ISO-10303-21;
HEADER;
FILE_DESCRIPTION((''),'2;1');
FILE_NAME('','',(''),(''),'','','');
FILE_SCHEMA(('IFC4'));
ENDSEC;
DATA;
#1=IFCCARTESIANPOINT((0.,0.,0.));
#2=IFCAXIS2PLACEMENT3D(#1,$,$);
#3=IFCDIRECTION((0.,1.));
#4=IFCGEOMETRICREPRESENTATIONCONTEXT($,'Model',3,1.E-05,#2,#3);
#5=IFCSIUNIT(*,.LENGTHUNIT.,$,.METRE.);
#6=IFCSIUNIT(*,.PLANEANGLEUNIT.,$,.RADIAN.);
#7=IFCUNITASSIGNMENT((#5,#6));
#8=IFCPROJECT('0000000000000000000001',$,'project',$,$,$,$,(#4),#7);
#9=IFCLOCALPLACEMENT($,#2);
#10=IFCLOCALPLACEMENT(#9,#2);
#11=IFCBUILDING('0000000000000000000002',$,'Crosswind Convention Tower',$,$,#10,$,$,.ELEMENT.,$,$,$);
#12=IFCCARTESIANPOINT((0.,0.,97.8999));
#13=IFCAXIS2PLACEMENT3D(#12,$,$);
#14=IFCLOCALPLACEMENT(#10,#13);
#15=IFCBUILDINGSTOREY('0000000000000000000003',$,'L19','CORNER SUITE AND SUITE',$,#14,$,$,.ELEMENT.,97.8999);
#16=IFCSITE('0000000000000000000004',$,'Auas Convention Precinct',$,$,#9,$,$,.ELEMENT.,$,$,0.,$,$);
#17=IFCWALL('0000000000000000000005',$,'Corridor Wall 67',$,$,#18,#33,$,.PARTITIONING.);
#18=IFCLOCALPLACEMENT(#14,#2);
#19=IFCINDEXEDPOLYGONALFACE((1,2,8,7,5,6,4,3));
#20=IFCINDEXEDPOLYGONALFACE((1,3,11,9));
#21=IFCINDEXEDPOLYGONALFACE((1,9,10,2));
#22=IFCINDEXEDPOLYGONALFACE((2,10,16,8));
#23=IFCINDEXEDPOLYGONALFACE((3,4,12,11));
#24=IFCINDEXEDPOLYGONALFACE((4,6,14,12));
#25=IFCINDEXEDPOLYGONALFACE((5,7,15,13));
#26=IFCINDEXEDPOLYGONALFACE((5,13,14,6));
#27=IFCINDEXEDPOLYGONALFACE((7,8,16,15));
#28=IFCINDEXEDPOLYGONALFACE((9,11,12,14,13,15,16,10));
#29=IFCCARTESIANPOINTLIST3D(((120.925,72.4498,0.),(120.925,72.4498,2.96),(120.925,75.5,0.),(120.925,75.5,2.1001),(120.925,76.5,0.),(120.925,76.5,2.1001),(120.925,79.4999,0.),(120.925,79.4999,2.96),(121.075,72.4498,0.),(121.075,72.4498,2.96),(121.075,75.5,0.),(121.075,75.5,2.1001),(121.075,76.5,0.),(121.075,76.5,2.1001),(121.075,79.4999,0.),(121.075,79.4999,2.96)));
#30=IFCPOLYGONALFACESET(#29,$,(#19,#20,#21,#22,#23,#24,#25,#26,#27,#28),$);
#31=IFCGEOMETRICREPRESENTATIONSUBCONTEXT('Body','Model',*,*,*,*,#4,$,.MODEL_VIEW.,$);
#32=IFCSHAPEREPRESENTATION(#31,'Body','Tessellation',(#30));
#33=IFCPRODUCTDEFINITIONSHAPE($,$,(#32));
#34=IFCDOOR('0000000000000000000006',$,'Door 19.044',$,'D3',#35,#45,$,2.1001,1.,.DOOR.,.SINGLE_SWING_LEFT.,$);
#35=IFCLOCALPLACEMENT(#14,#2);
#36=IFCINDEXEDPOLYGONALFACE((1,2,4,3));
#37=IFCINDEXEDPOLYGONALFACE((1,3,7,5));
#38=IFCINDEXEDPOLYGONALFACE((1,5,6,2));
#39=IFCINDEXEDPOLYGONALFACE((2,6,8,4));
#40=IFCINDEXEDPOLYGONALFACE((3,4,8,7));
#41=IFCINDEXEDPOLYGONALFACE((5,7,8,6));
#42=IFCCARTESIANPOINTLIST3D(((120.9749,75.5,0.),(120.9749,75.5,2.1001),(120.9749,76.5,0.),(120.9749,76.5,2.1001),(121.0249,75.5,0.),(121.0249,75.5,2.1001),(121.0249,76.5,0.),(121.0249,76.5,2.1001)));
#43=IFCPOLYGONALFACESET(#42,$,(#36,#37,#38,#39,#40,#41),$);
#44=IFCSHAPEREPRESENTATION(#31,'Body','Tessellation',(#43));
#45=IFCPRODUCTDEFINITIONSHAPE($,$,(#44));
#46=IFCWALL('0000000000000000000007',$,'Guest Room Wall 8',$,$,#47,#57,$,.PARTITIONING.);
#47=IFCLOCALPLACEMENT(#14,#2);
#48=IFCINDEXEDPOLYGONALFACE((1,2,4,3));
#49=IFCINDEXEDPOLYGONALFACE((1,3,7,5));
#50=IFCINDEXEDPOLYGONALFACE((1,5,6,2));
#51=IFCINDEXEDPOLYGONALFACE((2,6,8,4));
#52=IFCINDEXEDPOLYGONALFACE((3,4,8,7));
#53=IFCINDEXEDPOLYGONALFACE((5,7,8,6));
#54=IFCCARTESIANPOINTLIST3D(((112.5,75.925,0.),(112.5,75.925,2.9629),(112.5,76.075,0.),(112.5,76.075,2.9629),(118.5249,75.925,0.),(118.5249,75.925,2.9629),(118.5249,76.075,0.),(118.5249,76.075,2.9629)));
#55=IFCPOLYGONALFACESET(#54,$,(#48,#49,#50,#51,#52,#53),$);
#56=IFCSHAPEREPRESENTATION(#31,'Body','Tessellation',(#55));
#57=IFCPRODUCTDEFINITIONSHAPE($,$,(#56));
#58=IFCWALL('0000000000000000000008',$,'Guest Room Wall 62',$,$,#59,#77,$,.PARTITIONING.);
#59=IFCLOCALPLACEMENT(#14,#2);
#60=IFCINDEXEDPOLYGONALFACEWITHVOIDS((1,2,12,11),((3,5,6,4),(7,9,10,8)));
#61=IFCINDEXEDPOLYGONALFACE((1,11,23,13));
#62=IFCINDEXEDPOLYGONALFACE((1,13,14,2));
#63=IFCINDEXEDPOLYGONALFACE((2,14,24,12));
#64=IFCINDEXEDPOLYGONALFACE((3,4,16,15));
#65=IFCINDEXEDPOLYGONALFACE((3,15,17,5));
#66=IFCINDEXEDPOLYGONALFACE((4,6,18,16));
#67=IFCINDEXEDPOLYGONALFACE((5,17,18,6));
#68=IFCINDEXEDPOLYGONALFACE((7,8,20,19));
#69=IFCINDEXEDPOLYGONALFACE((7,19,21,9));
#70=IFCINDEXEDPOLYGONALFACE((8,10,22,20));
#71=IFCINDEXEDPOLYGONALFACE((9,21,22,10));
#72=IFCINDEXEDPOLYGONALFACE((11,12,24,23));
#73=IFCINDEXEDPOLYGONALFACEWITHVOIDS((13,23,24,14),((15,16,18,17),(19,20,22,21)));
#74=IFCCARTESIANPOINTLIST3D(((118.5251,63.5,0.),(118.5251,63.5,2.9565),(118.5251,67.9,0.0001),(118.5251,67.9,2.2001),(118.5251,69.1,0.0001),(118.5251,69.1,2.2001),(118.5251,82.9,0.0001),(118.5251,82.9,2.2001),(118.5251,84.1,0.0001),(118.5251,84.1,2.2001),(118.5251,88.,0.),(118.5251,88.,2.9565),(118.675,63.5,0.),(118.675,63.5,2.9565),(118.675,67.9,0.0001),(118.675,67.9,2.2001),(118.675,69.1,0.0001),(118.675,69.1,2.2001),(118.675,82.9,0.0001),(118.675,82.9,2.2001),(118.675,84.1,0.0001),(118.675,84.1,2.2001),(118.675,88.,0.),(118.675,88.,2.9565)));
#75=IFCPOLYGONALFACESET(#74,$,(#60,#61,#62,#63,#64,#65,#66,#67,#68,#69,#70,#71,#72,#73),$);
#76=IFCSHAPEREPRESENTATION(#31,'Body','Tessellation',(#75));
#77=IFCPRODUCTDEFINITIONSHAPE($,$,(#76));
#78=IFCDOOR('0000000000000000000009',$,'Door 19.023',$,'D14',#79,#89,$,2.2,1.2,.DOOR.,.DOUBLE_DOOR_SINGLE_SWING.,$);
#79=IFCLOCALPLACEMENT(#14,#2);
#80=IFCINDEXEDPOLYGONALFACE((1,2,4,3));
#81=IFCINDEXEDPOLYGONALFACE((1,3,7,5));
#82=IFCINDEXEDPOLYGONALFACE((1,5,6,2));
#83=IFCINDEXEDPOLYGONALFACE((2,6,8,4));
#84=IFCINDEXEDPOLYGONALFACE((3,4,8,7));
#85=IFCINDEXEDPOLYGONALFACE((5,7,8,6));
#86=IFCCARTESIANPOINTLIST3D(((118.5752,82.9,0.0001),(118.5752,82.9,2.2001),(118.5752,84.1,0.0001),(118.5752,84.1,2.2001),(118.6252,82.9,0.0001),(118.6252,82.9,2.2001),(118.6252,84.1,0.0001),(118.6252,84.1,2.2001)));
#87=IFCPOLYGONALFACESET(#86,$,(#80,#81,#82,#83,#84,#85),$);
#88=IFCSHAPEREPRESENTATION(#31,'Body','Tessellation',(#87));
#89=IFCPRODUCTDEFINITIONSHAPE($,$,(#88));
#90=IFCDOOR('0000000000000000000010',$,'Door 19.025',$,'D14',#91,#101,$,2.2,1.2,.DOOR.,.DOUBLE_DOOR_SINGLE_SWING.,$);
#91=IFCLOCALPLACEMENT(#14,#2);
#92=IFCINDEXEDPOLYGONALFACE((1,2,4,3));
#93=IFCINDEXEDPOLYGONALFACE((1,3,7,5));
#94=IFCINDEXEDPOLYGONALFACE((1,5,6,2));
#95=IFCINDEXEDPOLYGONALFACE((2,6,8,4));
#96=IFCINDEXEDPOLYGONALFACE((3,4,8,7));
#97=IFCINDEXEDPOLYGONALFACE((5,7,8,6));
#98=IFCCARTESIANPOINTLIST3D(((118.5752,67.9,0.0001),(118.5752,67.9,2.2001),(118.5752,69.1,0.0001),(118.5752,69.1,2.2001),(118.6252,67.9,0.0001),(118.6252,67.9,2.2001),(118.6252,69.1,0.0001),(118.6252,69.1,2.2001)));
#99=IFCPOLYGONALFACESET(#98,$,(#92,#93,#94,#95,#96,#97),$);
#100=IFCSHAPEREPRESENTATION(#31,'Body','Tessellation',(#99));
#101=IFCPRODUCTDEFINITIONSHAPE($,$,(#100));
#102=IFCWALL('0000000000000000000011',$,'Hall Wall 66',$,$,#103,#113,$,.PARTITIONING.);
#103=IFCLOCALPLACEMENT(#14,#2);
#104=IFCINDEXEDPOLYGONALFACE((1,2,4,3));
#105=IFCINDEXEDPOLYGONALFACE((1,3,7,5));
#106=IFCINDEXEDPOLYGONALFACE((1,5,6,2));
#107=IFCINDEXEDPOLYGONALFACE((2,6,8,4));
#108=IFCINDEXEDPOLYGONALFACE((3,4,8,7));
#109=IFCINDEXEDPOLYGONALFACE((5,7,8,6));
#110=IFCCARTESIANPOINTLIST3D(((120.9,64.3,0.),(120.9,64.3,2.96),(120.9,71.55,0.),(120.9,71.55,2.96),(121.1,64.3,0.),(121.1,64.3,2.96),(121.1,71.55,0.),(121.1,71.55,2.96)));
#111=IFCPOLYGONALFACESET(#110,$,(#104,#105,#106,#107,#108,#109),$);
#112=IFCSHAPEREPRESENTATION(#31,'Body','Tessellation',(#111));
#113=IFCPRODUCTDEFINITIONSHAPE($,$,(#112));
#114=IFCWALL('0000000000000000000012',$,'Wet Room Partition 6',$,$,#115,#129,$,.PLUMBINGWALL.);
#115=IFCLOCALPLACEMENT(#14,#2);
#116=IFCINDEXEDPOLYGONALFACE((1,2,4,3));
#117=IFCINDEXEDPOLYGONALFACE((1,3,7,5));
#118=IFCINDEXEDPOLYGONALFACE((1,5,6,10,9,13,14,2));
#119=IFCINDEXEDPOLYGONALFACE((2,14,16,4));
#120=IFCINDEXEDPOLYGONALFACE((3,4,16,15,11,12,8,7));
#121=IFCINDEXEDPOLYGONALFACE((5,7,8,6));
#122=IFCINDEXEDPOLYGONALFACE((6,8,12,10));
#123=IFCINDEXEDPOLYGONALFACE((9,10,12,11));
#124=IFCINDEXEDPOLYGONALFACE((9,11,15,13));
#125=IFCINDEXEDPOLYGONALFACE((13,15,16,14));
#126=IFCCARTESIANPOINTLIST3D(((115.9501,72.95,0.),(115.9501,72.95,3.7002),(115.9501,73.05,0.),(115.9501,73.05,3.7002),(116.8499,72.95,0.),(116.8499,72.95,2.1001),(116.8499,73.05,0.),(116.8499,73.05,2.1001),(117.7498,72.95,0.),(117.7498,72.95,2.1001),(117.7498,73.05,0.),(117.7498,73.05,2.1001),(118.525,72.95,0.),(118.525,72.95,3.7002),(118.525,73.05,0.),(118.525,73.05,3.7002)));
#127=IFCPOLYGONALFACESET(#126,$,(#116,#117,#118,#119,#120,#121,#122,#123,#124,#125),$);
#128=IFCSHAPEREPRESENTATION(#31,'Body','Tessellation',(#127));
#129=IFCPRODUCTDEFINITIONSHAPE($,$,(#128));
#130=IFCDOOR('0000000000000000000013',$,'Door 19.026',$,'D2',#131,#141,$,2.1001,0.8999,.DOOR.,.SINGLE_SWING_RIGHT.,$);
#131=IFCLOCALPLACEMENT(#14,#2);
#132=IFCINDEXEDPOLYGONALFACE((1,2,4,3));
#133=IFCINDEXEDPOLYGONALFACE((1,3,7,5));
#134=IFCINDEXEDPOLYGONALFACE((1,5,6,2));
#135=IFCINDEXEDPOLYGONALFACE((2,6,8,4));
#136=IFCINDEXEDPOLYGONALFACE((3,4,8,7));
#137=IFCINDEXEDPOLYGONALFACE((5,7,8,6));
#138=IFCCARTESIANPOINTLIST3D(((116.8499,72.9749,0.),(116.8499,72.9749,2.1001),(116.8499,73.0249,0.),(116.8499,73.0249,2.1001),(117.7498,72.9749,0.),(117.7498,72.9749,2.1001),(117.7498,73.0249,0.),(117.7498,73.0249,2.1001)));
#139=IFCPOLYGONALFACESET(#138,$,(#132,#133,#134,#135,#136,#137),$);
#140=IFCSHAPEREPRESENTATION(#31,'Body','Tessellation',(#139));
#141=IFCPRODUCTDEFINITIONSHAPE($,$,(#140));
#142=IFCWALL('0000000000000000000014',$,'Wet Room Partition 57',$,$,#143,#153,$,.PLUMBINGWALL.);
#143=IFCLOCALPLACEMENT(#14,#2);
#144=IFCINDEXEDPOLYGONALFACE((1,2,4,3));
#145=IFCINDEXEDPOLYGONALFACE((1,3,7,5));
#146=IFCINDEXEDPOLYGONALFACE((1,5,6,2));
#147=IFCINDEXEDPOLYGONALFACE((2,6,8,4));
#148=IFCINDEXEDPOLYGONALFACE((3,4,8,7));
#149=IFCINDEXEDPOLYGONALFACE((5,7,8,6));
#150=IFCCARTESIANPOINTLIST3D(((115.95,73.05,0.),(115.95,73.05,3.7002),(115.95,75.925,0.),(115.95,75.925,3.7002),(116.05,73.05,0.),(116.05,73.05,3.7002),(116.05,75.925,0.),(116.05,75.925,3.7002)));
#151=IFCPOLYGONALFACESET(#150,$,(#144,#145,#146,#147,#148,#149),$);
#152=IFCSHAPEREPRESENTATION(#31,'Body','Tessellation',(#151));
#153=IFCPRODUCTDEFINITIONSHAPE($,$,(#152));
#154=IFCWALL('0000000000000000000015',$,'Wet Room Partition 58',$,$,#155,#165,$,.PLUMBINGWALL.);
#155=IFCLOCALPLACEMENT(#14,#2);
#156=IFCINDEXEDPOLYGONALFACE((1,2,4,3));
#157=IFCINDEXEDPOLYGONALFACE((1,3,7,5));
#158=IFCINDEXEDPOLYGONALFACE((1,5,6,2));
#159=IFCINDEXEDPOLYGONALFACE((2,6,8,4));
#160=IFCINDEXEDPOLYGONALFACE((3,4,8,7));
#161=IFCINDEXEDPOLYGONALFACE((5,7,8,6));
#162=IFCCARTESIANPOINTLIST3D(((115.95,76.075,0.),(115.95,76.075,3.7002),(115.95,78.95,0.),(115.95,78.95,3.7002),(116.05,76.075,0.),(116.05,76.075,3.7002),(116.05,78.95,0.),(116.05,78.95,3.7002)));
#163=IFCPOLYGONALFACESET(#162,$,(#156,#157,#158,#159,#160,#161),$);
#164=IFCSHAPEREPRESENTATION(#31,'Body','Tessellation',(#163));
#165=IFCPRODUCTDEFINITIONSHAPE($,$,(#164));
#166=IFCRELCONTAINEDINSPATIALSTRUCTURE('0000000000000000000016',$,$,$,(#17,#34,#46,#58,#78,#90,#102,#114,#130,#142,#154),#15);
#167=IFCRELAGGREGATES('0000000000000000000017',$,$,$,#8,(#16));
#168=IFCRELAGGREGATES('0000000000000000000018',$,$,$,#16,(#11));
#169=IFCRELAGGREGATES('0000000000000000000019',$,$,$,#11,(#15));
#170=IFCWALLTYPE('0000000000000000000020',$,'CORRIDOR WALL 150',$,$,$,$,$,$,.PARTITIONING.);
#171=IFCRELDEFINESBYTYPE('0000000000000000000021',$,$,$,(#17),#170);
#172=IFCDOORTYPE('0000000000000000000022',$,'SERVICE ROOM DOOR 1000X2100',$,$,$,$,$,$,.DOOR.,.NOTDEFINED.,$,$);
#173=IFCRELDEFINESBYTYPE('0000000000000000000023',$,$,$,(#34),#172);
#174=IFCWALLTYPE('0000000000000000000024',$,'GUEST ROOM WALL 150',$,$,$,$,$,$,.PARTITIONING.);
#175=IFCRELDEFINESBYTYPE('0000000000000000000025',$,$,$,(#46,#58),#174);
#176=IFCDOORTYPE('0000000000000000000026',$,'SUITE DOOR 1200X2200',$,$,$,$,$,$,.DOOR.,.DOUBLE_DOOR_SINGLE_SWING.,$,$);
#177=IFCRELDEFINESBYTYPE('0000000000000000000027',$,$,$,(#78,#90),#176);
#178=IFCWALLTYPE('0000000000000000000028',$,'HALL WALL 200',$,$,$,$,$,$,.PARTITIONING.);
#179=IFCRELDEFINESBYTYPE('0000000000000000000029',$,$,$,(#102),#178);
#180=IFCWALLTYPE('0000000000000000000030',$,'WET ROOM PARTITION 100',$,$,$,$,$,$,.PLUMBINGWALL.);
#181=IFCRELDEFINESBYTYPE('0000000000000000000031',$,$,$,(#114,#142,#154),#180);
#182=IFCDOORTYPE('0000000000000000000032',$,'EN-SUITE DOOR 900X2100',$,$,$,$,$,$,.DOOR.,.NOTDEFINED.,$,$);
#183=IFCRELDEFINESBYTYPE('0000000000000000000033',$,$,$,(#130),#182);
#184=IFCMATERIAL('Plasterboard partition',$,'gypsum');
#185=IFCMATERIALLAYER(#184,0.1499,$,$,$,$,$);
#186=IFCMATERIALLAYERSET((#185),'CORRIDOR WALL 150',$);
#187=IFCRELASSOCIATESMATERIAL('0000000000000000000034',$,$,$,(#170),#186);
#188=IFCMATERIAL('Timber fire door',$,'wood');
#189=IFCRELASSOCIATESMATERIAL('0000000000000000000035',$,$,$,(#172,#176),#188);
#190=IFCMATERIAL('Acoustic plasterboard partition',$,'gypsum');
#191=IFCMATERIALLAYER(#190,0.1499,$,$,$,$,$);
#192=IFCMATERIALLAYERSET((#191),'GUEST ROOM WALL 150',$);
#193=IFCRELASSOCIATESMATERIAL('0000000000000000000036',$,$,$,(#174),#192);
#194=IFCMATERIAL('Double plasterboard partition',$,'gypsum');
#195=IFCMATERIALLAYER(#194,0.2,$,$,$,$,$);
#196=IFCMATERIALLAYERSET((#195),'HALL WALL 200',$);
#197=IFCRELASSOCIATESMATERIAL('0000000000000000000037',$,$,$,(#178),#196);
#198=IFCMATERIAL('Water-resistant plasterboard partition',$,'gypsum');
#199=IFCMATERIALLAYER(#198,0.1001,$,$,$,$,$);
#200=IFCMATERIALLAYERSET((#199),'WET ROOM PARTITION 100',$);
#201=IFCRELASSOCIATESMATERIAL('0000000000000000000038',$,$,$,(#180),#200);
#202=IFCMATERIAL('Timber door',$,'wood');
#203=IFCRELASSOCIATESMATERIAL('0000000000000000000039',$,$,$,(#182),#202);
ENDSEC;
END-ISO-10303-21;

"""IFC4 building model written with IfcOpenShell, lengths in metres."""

from ifc_helpers import new_model, si_unit, direction, frame, frame_2d, origin, place, context, subcontext, project, spatial, rectangle, extrude, material, layer, layer_set, type_object, element, fill, save


model = new_model("IFC4")

# Units and contexts
model_context = context("Model", 3, precision=1e-05, world=origin(), true_north=direction((0.0, 1.0)))
body_context = subcontext(model_context, "Body", "Model", "MODEL_VIEW")
ifc_project = project(units=[si_unit("LENGTHUNIT", "METRE"), si_unit("PLANEANGLEUNIT", "RADIAN")], contexts=[model_context])

# Site, building, storey
site_placement = place(None, origin())
site = spatial("IfcSite", under=ifc_project, at=site_placement, Name="Auas Convention Precinct", CompositionType="ELEMENT", RefElevation=0.0)
building_placement = place(site_placement, origin())
building = spatial("IfcBuilding", under=site, at=building_placement, Name="Crosswind Convention Tower", CompositionType="ELEMENT")
storey_placement = place(building_placement, frame((0.0, 0.0, 97.8999)))
storey = spatial("IfcBuildingStorey", under=building, at=storey_placement, Name="L19", Description="CORNER SUITE AND SUITE", CompositionType="ELEMENT", Elevation=97.8999)

# Wall, opening, door
ifc_material_1 = material(Name="Plasterboard partition", Category="gypsum")
ifc_layer_1 = layer(ifc_material_1, 0.1499)
ifc_layer_set_1 = layer_set([ifc_layer_1], Name="CORRIDOR WALL 150")
wall_type_1 = type_object("IfcWallType", Name="CORRIDOR WALL 150", PredefinedType="PARTITIONING", material=ifc_layer_set_1)
wall_1_placement = place(storey_placement, frame((121.0, 72.45, 0.0), z_axis=(0.0, 0.0, 1.0), x_axis=(0.0, 1.0, 0.0)))
wall_1 = element("IfcWall", 1, at=wall_1_placement, inside=storey, type_object=wall_type_1, Name="Corridor Wall 67", PredefinedType="PARTITIONING", context=body_context, shape_type="SweptSolid", body=[
    extrude(rectangle(XDim=7.05, YDim=0.1499, at=frame_2d((3.5249, 0.0))), origin(), (0.0, 0.0, 1.0), 2.96),
])
opening_1_placement = place(wall_1_placement, frame((3.05, 0.0, 0.0)))
opening_1 = element("IfcOpeningElement", 2, at=opening_1_placement, cuts=wall_1, PredefinedType="OPENING", context=body_context, shape_type="SweptSolid", body=[
    extrude(rectangle(XDim=1.0, YDim=2.1001, at=frame_2d((0.5, 1.05))), frame((0.0, 0.085, 0.0), z_axis=(0.0, -1.0, 0.0), x_axis=(1.0, 0.0, 0.0)), (0.0, 0.0, 1.0), 0.1699),
])
ifc_material_2 = material(Name="Timber fire door", Category="wood")
door_type_1 = type_object("IfcDoorType", Name="SERVICE ROOM DOOR 1000X2100", OperationType="NOTDEFINED", PredefinedType="DOOR", material=ifc_material_2)
door_1_placement = place(opening_1_placement, frame((1.0, 0.0, 0.0), z_axis=(0.0, 0.0, 1.0), x_axis=(-1.0, 0.0, 0.0)))
door_1 = element("IfcDoor", 3, at=door_1_placement, inside=storey, type_object=door_type_1, Name="Door 19.044", ObjectType="D3", OperationType="SINGLE_SWING_LEFT", OverallHeight=2.1001, OverallWidth=1.0, PredefinedType="DOOR", context=body_context, shape_type="SweptSolid", body=[
    extrude(rectangle(XDim=1.0, YDim=2.1001, at=frame_2d((0.5, 1.05))), frame((0.0, 0.0249, 0.0), z_axis=(0.0, -1.0, 0.0), x_axis=(1.0, 0.0, 0.0)), (0.0, 0.0, 1.0), 0.05),
])
fill(opening_1, door_1)

# Wall
ifc_material_3 = material(Name="Acoustic plasterboard partition", Category="gypsum")
ifc_layer_2 = layer(ifc_material_3, 0.1499)
ifc_layer_set_2 = layer_set([ifc_layer_2], Name="GUEST ROOM WALL 150")
wall_type_2 = type_object("IfcWallType", Name="GUEST ROOM WALL 150", PredefinedType="PARTITIONING", material=ifc_layer_set_2)
wall_2_placement = place(storey_placement, frame((112.5, 76.0, 0.0), z_axis=(0.0, 0.0, 1.0), x_axis=(1.0, 0.0, 0.0)))
element("IfcWall", 4, at=wall_2_placement, inside=storey, type_object=wall_type_2, Name="Guest Room Wall 8", PredefinedType="PARTITIONING", context=body_context, shape_type="SweptSolid", body=[
    extrude(rectangle(XDim=6.0249, YDim=0.1499, at=frame_2d((3.0125, 0.0))), origin(), (0.0, 0.0, 1.0), 2.9629),
])

# Wall, openings, doors
wall_3_placement = place(storey_placement, frame((118.6001, 63.5, 0.0), z_axis=(0.0, 0.0, 1.0), x_axis=(0.0, 1.0, 0.0)))
wall_3 = element("IfcWall", 5, at=wall_3_placement, inside=storey, type_object=wall_type_2, Name="Guest Room Wall 62", PredefinedType="PARTITIONING", context=body_context, shape_type="SweptSolid", body=[
    extrude(rectangle(XDim=24.5, YDim=0.1499, at=frame_2d((12.25, 0.0))), origin(), (0.0, 0.0, 1.0), 2.9565),
])
opening_2_placement = place(wall_3_placement, frame((19.3999, 0.0, 0.0)))
opening_2 = element("IfcOpeningElement", 6, at=opening_2_placement, cuts=wall_3, PredefinedType="OPENING", context=body_context, shape_type="SweptSolid", body=[
    extrude(rectangle(XDim=1.2, YDim=2.2, at=frame_2d((0.6001, 1.1001))), frame((0.0, 0.085, 0.0), z_axis=(0.0, -1.0, 0.0), x_axis=(1.0, 0.0, 0.0)), (0.0, 0.0, 1.0), 0.1699),
])
opening_3_placement = place(wall_3_placement, frame((4.3999, 0.0, 0.0)))
opening_3 = element("IfcOpeningElement", 7, at=opening_3_placement, cuts=wall_3, PredefinedType="OPENING", context=body_context, shape_type="SweptSolid", body=[
    extrude(rectangle(XDim=1.2, YDim=2.2, at=frame_2d((0.6001, 1.1001))), frame((0.0, 0.085, 0.0), z_axis=(0.0, -1.0, 0.0), x_axis=(1.0, 0.0, 0.0)), (0.0, 0.0, 1.0), 0.1699),
])
door_type_2 = type_object("IfcDoorType", Name="SUITE DOOR 1200X2200", OperationType="DOUBLE_DOOR_SINGLE_SWING", PredefinedType="DOOR", material=ifc_material_2)
door_2_placement = place(opening_2_placement, origin())
door_2 = element("IfcDoor", 8, at=door_2_placement, inside=storey, type_object=door_type_2, Name="Door 19.023", ObjectType="D14", OperationType="DOUBLE_DOOR_SINGLE_SWING", OverallHeight=2.2, OverallWidth=1.2, PredefinedType="DOOR", context=body_context, shape_type="SweptSolid", body=[
    extrude(rectangle(XDim=1.2, YDim=2.2, at=frame_2d((0.6001, 1.1001))), frame((0.0, 0.0249, 0.0), z_axis=(0.0, -1.0, 0.0), x_axis=(1.0, 0.0, 0.0)), (0.0, 0.0, 1.0), 0.05),
])
fill(opening_2, door_2)
door_3_placement = place(opening_3_placement, origin())
door_3 = element("IfcDoor", 9, at=door_3_placement, inside=storey, type_object=door_type_2, Name="Door 19.025", ObjectType="D14", OperationType="DOUBLE_DOOR_SINGLE_SWING", OverallHeight=2.2, OverallWidth=1.2, PredefinedType="DOOR", context=body_context, shape_type="SweptSolid", body=[
    extrude(rectangle(XDim=1.2, YDim=2.2, at=frame_2d((0.6001, 1.1001))), frame((0.0, 0.0249, 0.0), z_axis=(0.0, -1.0, 0.0), x_axis=(1.0, 0.0, 0.0)), (0.0, 0.0, 1.0), 0.05),
])
fill(opening_3, door_3)

# Wall
ifc_material_4 = material(Name="Double plasterboard partition", Category="gypsum")
ifc_layer_3 = layer(ifc_material_4, 0.2)
ifc_layer_set_3 = layer_set([ifc_layer_3], Name="HALL WALL 200")
wall_type_3 = type_object("IfcWallType", Name="HALL WALL 200", PredefinedType="PARTITIONING", material=ifc_layer_set_3)
wall_4_placement = place(storey_placement, frame((121.0, 64.3, 0.0), z_axis=(0.0, 0.0, 1.0), x_axis=(0.0, 1.0, 0.0)))
element("IfcWall", 10, at=wall_4_placement, inside=storey, type_object=wall_type_3, Name="Hall Wall 66", PredefinedType="PARTITIONING", context=body_context, shape_type="SweptSolid", body=[
    extrude(rectangle(XDim=7.25, YDim=0.2, at=frame_2d((3.625, 0.0))), origin(), (0.0, 0.0, 1.0), 2.96),
])

# Wall, opening, door
ifc_material_5 = material(Name="Water-resistant plasterboard partition", Category="gypsum")
ifc_layer_4 = layer(ifc_material_5, 0.1001)
ifc_layer_set_4 = layer_set([ifc_layer_4], Name="WET ROOM PARTITION 100")
wall_type_4 = type_object("IfcWallType", Name="WET ROOM PARTITION 100", PredefinedType="PLUMBINGWALL", material=ifc_layer_set_4)
wall_5_placement = place(storey_placement, frame((115.95, 73.0, 0.0), z_axis=(0.0, 0.0, 1.0), x_axis=(1.0, 0.0, 0.0)))
wall_5 = element("IfcWall", 11, at=wall_5_placement, inside=storey, type_object=wall_type_4, Name="Wet Room Partition 6", PredefinedType="PLUMBINGWALL", context=body_context, shape_type="SweptSolid", body=[
    extrude(rectangle(XDim=2.575, YDim=0.1001, at=frame_2d((1.2876, 0.0))), origin(), (0.0, 0.0, 1.0), 3.7002),
])
opening_4_placement = place(wall_5_placement, frame((0.8999, 0.0, 0.0)))
opening_4 = element("IfcOpeningElement", 12, at=opening_4_placement, cuts=wall_5, PredefinedType="OPENING", context=body_context, shape_type="SweptSolid", body=[
    extrude(rectangle(XDim=0.8999, YDim=2.1001, at=frame_2d((0.45, 1.05))), frame((0.0, 0.0601, 0.0), z_axis=(0.0, -1.0, 0.0), x_axis=(1.0, 0.0, 0.0)), (0.0, 0.0, 1.0), 0.1201),
])
ifc_material_6 = material(Name="Timber door", Category="wood")
door_type_3 = type_object("IfcDoorType", Name="EN-SUITE DOOR 900X2100", OperationType="NOTDEFINED", PredefinedType="DOOR", material=ifc_material_6)
door_4_placement = place(opening_4_placement, origin())
door_4 = element("IfcDoor", 13, at=door_4_placement, inside=storey, type_object=door_type_3, Name="Door 19.026", ObjectType="D2", OperationType="SINGLE_SWING_RIGHT", OverallHeight=2.1001, OverallWidth=0.8999, PredefinedType="DOOR", context=body_context, shape_type="SweptSolid", body=[
    extrude(rectangle(XDim=0.8999, YDim=2.1001, at=frame_2d((0.45, 1.05))), frame((0.0, 0.0249, 0.0), z_axis=(0.0, -1.0, 0.0), x_axis=(1.0, 0.0, 0.0)), (0.0, 0.0, 1.0), 0.05),
])
fill(opening_4, door_4)

# Walls
for number, where, z_axis, x_axis, name in (
    (14, (116.0, 73.05, 0.0), (0.0, 0.0, 1.0), (0.0, 1.0, 0.0), "Wet Room Partition 57"),
    (15, (116.0, 76.075, 0.0), (0.0, 0.0, 1.0), (0.0, 1.0, 0.0), "Wet Room Partition 58"),
):
    element("IfcWall", number, at=place(storey_placement, frame(where, z_axis=z_axis, x_axis=x_axis)), inside=storey, type_object=wall_type_4, Name=name, PredefinedType="PLUMBINGWALL", context=body_context, shape_type="SweptSolid", body=[
        extrude(rectangle(XDim=2.875, YDim=0.1001, at=frame_2d((1.4375, 0.0))), origin(), (0.0, 0.0, 1.0), 3.7002),
    ])

save(model, "model.ifc")
